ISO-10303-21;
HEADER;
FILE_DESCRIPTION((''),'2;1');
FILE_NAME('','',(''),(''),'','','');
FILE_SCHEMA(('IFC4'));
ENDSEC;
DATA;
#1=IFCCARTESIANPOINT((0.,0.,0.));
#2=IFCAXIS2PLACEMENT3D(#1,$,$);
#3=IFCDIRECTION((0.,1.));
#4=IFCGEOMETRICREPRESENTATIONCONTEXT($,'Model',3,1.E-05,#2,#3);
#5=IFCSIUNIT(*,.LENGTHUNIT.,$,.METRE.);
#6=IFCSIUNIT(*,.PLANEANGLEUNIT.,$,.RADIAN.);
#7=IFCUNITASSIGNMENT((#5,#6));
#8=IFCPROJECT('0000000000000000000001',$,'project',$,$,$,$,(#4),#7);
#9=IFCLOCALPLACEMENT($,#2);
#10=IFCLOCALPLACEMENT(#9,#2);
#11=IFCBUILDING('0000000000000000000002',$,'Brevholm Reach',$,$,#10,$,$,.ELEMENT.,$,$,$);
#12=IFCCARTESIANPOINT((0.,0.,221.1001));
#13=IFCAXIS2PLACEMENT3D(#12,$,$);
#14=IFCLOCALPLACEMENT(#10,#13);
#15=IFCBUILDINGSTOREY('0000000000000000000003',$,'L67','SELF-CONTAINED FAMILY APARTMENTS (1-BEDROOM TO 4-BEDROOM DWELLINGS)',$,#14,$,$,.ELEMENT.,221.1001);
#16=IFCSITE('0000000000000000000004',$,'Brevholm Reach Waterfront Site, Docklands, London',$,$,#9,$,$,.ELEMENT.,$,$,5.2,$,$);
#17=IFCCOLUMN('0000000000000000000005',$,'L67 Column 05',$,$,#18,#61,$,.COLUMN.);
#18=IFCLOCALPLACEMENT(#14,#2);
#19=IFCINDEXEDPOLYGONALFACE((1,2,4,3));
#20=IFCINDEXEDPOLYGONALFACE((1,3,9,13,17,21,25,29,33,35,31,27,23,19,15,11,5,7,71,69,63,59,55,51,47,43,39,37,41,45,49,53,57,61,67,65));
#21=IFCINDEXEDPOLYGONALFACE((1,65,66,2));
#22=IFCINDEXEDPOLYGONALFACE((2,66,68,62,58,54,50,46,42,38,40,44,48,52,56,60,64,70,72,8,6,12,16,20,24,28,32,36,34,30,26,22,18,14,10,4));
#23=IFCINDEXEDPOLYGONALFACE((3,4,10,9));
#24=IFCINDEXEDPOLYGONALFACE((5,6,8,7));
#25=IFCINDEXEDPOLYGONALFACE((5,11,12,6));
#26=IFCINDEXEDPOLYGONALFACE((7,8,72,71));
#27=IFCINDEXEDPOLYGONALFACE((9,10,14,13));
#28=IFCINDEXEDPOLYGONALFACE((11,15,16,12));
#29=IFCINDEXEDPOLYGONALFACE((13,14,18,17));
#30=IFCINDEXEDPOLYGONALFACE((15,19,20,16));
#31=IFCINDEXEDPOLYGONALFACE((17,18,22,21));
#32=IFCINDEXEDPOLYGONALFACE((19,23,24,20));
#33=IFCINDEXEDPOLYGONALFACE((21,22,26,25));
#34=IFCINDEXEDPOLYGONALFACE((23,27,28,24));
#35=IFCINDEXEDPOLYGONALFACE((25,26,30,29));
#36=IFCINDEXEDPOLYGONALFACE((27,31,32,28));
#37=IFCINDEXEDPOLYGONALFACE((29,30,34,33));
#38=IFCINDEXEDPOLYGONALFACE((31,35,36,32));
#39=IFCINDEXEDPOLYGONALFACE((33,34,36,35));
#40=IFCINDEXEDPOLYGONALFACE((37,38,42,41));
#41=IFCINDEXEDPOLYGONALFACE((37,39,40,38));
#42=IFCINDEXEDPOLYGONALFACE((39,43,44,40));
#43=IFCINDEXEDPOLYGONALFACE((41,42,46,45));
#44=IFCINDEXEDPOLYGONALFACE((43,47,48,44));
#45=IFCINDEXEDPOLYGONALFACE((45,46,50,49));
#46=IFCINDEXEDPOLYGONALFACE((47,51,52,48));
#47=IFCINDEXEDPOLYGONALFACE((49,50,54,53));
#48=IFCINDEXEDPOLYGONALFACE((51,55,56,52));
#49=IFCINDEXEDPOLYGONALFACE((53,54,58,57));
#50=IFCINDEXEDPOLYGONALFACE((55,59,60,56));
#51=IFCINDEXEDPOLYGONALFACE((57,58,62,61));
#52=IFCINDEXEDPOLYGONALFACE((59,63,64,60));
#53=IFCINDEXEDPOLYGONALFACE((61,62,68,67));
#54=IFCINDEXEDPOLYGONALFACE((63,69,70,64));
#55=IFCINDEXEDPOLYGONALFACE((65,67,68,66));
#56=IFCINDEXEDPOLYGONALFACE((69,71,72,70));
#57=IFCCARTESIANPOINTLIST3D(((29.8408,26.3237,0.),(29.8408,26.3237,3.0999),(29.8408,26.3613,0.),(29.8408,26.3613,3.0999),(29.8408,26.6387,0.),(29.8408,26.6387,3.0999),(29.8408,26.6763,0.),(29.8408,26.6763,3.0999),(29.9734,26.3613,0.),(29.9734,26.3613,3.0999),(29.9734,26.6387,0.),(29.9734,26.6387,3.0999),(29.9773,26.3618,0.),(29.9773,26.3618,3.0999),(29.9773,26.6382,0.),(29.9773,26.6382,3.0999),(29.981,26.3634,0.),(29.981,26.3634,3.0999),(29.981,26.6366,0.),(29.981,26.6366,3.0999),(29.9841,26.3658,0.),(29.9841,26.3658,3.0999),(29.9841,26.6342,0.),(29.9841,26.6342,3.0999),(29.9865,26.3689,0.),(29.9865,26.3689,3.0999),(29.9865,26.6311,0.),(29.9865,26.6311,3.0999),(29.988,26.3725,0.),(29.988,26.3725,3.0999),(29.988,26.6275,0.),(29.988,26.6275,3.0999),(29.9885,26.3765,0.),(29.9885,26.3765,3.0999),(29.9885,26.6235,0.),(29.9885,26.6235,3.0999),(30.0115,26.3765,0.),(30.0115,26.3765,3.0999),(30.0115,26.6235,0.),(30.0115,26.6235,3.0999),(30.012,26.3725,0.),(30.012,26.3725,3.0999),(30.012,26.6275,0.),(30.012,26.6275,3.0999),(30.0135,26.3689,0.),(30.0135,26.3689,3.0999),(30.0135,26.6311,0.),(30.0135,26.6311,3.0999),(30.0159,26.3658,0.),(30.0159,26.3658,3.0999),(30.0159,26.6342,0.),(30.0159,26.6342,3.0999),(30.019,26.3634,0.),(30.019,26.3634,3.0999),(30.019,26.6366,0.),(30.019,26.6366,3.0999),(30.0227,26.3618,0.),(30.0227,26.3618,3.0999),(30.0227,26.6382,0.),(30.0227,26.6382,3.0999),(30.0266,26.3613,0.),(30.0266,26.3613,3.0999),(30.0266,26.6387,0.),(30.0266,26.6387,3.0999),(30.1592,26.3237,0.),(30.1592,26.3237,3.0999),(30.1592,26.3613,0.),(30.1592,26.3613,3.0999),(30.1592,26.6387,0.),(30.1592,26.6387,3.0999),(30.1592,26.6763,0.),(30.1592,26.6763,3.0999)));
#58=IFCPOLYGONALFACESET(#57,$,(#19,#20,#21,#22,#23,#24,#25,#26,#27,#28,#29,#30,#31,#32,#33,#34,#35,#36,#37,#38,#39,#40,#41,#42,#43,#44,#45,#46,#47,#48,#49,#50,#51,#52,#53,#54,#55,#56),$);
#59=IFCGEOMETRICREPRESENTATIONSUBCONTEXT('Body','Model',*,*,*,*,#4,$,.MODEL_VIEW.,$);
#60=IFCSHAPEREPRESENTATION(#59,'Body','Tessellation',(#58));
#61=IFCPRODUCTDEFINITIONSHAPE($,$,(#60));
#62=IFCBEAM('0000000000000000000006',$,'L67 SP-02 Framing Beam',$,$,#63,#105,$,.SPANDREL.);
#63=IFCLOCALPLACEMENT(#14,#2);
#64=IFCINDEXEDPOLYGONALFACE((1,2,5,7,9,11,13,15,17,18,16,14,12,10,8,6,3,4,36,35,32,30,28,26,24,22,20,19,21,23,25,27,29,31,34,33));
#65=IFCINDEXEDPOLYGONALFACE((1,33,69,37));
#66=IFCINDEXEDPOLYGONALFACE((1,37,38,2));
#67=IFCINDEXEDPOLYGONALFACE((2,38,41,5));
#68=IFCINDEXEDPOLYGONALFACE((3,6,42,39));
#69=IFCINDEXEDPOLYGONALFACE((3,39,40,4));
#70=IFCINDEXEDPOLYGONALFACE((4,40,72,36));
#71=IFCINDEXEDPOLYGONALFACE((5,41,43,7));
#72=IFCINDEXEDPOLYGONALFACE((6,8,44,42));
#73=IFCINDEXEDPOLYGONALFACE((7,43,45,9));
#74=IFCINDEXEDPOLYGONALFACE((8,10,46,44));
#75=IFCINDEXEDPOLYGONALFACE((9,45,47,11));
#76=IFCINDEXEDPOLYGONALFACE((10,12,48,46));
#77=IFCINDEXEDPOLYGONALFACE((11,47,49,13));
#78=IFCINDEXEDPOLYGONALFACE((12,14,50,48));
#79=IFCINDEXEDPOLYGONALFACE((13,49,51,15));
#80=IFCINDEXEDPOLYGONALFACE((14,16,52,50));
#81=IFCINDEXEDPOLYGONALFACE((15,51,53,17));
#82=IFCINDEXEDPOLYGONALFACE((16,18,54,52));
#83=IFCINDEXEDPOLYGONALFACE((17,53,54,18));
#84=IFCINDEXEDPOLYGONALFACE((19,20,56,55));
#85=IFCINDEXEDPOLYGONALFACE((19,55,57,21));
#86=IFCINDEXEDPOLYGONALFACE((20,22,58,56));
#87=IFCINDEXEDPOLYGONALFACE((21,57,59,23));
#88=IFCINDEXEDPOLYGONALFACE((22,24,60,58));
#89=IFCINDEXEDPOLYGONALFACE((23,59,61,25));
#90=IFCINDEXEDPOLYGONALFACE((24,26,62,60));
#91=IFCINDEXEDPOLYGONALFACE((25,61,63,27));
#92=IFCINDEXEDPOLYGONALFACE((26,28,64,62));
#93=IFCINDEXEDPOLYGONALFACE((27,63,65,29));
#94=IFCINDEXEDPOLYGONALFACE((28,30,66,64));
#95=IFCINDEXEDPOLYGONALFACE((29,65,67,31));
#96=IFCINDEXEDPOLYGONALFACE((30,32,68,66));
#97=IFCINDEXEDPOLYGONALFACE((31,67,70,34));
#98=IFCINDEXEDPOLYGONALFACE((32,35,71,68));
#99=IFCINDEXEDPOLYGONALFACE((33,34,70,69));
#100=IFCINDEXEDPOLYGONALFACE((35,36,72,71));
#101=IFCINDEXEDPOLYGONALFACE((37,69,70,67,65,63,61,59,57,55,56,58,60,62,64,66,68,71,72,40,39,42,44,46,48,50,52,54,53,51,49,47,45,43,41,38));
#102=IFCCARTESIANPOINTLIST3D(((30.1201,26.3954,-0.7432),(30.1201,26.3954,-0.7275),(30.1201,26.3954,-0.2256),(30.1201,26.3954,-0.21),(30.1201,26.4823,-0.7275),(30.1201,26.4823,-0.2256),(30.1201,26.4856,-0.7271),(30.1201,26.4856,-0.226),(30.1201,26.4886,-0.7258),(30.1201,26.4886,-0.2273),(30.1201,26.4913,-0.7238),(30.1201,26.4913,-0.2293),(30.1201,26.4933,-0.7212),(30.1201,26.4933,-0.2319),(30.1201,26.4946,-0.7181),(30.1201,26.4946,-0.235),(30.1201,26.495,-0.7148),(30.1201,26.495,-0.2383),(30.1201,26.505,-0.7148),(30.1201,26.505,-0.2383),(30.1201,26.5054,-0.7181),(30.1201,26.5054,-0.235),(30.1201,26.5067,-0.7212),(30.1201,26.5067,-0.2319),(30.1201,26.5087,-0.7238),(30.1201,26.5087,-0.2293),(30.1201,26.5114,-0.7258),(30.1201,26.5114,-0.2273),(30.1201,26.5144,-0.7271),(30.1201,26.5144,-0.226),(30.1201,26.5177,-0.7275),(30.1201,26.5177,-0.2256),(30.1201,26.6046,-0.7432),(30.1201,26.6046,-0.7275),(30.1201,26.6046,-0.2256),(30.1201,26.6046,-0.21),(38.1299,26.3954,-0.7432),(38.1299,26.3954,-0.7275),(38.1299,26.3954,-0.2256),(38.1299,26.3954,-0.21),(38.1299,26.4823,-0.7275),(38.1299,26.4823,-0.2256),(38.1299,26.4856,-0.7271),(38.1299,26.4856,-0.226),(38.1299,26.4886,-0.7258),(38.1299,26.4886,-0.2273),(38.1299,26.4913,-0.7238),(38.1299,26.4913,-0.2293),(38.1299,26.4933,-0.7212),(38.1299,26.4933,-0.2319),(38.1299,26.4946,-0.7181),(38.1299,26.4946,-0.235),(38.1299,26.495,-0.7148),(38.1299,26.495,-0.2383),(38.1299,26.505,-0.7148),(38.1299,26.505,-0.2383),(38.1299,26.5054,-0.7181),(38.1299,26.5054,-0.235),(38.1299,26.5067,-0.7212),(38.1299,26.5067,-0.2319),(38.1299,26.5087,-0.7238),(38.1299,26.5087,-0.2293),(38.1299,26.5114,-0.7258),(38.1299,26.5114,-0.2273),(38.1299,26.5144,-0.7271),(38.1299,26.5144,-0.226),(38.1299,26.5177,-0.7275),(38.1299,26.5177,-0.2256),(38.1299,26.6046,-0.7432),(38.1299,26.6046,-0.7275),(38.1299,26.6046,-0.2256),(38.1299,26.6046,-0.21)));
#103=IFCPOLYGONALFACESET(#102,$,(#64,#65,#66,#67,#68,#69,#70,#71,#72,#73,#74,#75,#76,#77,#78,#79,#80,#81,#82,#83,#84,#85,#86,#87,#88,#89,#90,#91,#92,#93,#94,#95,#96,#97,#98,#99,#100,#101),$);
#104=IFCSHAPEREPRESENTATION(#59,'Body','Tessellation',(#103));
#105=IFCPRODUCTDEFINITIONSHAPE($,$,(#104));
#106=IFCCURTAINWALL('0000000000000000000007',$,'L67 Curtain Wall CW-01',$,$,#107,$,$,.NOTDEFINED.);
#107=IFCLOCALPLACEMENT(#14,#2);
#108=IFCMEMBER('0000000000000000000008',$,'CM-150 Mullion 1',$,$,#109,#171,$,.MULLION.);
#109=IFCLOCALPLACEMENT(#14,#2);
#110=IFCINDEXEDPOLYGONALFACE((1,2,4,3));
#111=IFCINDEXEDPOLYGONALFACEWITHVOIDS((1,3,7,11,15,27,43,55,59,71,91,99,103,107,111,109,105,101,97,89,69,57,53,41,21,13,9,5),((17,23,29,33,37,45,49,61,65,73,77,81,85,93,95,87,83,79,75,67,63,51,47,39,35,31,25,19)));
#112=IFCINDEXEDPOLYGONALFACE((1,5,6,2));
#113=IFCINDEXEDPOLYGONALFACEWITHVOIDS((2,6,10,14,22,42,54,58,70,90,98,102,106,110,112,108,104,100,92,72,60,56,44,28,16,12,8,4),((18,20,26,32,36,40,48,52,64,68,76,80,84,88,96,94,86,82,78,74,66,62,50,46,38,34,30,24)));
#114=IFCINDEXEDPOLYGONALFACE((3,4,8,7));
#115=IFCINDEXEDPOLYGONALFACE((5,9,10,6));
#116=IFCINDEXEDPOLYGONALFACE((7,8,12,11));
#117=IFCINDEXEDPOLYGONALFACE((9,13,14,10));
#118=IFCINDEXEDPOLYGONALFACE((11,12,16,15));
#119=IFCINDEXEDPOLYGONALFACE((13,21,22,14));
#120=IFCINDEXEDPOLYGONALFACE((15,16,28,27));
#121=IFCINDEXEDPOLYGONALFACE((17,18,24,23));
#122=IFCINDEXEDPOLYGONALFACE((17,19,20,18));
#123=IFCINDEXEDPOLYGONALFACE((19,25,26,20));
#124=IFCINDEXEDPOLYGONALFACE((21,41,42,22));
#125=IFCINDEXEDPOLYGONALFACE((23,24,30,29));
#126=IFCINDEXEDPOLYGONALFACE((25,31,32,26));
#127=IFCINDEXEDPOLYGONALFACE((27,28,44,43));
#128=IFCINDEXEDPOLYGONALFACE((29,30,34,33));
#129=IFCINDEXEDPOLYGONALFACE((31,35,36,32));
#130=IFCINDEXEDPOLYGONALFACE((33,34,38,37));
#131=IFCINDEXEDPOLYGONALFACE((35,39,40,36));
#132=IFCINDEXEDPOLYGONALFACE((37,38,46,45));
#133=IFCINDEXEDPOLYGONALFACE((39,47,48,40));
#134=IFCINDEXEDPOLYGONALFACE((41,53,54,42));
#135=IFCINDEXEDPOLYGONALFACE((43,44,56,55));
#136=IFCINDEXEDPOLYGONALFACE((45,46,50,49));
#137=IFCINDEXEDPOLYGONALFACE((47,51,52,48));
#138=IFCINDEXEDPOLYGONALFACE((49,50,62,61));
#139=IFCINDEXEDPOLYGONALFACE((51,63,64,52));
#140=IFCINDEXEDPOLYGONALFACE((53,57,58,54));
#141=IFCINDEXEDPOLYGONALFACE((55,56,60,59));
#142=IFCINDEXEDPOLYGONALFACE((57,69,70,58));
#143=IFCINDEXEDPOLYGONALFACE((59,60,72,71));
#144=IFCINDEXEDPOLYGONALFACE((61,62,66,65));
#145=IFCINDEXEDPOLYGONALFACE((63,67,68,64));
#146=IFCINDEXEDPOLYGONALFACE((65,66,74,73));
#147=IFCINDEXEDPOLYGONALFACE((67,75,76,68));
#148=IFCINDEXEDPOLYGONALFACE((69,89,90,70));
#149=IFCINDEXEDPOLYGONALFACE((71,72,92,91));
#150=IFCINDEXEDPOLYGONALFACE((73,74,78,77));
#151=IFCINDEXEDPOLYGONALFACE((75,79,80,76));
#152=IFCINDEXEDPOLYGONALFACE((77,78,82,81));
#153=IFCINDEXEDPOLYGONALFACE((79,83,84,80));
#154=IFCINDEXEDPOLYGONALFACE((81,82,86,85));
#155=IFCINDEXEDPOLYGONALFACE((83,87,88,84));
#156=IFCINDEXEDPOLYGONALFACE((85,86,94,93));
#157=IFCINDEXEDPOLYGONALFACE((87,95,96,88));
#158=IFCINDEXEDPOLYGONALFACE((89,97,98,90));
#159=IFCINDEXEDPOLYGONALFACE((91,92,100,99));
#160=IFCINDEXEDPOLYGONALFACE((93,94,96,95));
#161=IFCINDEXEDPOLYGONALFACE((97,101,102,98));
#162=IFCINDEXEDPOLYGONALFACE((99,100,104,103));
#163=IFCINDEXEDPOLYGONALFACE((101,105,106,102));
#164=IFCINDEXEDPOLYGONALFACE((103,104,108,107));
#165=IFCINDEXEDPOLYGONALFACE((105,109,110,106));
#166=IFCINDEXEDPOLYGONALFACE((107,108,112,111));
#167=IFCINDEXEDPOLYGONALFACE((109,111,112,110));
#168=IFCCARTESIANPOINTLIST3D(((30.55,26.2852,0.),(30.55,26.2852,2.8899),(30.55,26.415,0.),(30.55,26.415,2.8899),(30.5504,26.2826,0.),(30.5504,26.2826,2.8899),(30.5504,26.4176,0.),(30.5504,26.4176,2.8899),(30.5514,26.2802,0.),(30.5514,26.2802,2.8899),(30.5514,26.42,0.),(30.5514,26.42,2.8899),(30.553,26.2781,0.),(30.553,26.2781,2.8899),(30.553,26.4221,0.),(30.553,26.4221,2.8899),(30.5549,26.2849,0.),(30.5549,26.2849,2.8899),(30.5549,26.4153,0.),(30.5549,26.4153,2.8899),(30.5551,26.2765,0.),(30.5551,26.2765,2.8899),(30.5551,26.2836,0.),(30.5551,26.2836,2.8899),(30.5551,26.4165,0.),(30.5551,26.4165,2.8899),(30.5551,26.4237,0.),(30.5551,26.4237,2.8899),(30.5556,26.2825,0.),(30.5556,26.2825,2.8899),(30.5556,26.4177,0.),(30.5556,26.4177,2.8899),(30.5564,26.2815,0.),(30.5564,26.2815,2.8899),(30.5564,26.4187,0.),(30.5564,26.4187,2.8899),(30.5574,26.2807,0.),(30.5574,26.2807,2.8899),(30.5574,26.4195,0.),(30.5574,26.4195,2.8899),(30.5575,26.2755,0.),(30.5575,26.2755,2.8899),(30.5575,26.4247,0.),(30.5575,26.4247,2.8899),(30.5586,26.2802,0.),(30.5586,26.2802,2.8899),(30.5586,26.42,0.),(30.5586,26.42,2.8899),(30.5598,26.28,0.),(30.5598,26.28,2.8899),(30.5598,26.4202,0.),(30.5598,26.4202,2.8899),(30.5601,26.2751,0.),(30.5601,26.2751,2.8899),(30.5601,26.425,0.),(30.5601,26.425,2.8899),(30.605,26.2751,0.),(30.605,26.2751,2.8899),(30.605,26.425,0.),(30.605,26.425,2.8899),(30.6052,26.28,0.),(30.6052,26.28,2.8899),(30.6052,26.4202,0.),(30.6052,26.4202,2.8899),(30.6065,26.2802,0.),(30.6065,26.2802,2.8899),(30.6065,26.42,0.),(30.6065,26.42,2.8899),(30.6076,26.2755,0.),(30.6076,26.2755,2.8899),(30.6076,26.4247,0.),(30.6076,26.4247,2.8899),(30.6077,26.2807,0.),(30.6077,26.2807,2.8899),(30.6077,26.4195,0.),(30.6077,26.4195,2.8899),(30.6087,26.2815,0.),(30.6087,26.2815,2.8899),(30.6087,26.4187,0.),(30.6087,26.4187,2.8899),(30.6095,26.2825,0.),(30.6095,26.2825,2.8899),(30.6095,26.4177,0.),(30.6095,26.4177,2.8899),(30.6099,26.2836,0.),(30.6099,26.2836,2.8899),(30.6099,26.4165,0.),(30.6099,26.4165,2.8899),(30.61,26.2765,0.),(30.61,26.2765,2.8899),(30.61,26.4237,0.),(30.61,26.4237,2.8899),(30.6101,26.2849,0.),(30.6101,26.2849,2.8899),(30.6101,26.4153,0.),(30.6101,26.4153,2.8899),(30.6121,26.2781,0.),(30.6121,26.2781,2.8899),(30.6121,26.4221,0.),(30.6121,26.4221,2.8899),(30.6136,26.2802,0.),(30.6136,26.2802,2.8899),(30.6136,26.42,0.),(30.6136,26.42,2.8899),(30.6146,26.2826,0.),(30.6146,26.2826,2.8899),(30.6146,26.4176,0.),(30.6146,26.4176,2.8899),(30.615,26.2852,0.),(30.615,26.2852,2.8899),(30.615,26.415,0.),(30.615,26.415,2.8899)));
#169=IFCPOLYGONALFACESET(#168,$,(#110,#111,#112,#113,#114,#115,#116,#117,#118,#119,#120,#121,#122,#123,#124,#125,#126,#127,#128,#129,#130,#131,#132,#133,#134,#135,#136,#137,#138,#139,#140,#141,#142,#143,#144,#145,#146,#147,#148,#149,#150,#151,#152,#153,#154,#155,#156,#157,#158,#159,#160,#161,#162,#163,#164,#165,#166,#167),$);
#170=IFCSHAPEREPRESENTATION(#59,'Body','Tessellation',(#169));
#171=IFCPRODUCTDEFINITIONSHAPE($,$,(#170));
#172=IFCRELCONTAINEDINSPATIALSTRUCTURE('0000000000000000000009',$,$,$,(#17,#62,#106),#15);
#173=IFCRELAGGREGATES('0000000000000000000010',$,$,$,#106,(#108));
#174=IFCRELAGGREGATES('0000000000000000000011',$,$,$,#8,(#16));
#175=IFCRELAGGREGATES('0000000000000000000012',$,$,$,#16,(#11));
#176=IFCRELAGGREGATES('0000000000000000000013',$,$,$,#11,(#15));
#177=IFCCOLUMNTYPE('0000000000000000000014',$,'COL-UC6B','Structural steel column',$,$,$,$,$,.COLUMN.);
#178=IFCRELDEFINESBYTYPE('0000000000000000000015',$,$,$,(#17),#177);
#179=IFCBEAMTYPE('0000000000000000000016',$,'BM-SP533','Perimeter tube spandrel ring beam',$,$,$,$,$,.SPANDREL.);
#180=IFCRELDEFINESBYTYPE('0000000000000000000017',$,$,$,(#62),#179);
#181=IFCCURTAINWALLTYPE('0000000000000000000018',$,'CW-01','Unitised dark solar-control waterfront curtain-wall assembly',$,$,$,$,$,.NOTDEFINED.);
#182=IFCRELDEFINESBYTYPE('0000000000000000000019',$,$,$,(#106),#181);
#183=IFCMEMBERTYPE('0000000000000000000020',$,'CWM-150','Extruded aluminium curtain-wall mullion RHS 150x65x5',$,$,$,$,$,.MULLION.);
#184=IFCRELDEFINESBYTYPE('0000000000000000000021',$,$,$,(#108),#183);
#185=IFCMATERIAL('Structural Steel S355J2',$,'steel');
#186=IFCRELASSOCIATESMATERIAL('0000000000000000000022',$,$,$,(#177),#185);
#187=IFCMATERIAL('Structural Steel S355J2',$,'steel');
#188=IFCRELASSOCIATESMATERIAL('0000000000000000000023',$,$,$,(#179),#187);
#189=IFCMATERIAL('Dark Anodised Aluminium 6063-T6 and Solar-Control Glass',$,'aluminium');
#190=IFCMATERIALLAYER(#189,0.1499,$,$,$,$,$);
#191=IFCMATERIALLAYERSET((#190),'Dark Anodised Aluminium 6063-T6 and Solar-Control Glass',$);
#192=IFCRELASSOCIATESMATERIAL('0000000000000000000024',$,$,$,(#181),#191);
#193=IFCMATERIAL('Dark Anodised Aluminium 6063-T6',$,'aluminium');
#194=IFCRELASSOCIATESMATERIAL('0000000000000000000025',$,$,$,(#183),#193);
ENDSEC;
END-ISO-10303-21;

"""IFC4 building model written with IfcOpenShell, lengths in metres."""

from ifc_helpers import new_model, si_unit, direction, frame, origin, origin_2d, place, context, subcontext, project, spatial, hollow_rectangle, i_section, extrude, material, layer, layer_set, material_profile, profile_set, type_object, element, aggregate, save


model = new_model("IFC4")

# Units and contexts
model_context = context("Model", 3, precision=1e-05, world=origin(), true_north=direction((0.0, 1.0)))
body_context = subcontext(model_context, "Body", "Model", "MODEL_VIEW")
ifc_project = project(units=[si_unit("LENGTHUNIT", "METRE"), si_unit("PLANEANGLEUNIT", "RADIAN")], contexts=[model_context])

# Site, building, storey
site_placement = place(None, origin())
site = spatial("IfcSite", under=ifc_project, at=site_placement, Name="Brevholm Reach Waterfront Site, Docklands, London", CompositionType="ELEMENT", RefElevation=5.2)
building_placement = place(site_placement, origin())
building = spatial("IfcBuilding", under=site, at=building_placement, Name="Brevholm Reach", CompositionType="ELEMENT")
storey_placement = place(building_placement, frame((0.0, 0.0, 221.1001)))
storey = spatial("IfcBuildingStorey", under=building, at=storey_placement, Name="L67", Description="SELF-CONTAINED FAMILY APARTMENTS (1-BEDROOM TO 4-BEDROOM DWELLINGS)", CompositionType="ELEMENT", Elevation=221.1001)

# Column
ifc_material_1 = material(Name="Structural Steel S355J2", Category="steel")
ifc_material_profile_1 = material_profile(ifc_material_1, i_section(OverallWidth=0.3184, OverallDepth=0.3525, WebThickness=0.0229, FlangeThickness=0.0376, FilletRadius=0.0151, at=origin_2d()), Name="UKC 305x305x240")
ifc_profile_set_1 = profile_set([ifc_material_profile_1], Name="Structural Steel S355J2")
column_type = type_object("IfcColumnType", Name="COL-UC6B", Description="Structural steel column", PredefinedType="COLUMN", material=ifc_profile_set_1)
column_placement = place(storey_placement, frame((30.0, 26.5, 0.0), z_axis=(0.0, 0.0, 1.0), x_axis=(1.0, 0.0, 0.0)))
element("IfcColumn", 1, at=column_placement, inside=storey, type_object=column_type, Name="L67 Column 05", PredefinedType="COLUMN", context=body_context, shape_type="SweptSolid", body=[
    extrude(i_section(OverallWidth=0.3184, OverallDepth=0.3525, WebThickness=0.0229, FlangeThickness=0.0376, FilletRadius=0.0151, at=origin_2d()), origin(), (0.0, 0.0, 1.0), 3.0999),
])

# Beam
ifc_material_2 = material(Name="Structural Steel S355J2", Category="steel")
ifc_material_profile_2 = material_profile(ifc_material_2, i_section(OverallWidth=0.2092, OverallDepth=0.5332, WebThickness=0.01, FlangeThickness=0.0156, FilletRadius=0.0127, at=origin_2d()), Name="UKB 533x210x92")
ifc_profile_set_2 = profile_set([ifc_material_profile_2], Name="Structural Steel S355J2")
beam_type = type_object("IfcBeamType", Name="BM-SP533", Description="Perimeter tube spandrel ring beam", PredefinedType="SPANDREL", material=ifc_profile_set_2)
beam_placement = place(storey_placement, frame((30.1201, 26.5, -0.4766), z_axis=(1.0, 0.0, 0.0), x_axis=(0.0, 1.0, 0.0)))
element("IfcBeam", 2, at=beam_placement, inside=storey, type_object=beam_type, Name="L67 SP-02 Framing Beam", PredefinedType="SPANDREL", context=body_context, shape_type="SweptSolid", body=[
    extrude(i_section(OverallWidth=0.2092, OverallDepth=0.5332, WebThickness=0.01, FlangeThickness=0.0156, FilletRadius=0.0127, at=origin_2d()), origin(), (0.0, 0.0, 1.0), 8.0098),
])

# Curtain wall, member
ifc_material_3 = material(Name="Dark Anodised Aluminium 6063-T6 and Solar-Control Glass", Category="aluminium")
ifc_layer_1 = layer(ifc_material_3, 0.1499)
ifc_layer_set_1 = layer_set([ifc_layer_1], Name="Dark Anodised Aluminium 6063-T6 and Solar-Control Glass")
curtain_wall_type = type_object("IfcCurtainWallType", Name="CW-01", Description="Unitised dark solar-control waterfront curtain-wall assembly", PredefinedType="NOTDEFINED", material=ifc_layer_set_1)
curtain_wall_placement = place(storey_placement, origin())
curtain_wall = element("IfcCurtainWall", 3, at=curtain_wall_placement, inside=storey, type_object=curtain_wall_type, Name="L67 Curtain Wall CW-01", PredefinedType="NOTDEFINED")
ifc_material_4 = material(Name="Dark Anodised Aluminium 6063-T6", Category="aluminium")
ifc_material_profile_3 = material_profile(ifc_material_4, hollow_rectangle(XDim=0.0649, YDim=0.1499, WallThickness=0.0049, InnerFilletRadius=0.0049, OuterFilletRadius=0.01, at=origin_2d()), Name="RHS 150x65x5")
ifc_profile_set_3 = profile_set([ifc_material_profile_3], Name="Dark Anodised Aluminium 6063-T6")
member_type_1 = type_object("IfcMemberType", Name="CWM-150", Description="Extruded aluminium curtain-wall mullion RHS 150x65x5", PredefinedType="MULLION", material=ifc_profile_set_3)
member_1_placement = place(storey_placement, frame((30.5825, 26.3501, 0.0), z_axis=(0.0, 0.0, 1.0), x_axis=(1.0, 0.0, 0.0)))
member_1 = element("IfcMember", 4, at=member_1_placement, type_object=member_type_1, Name="CM-150 Mullion 1", PredefinedType="MULLION", context=body_context, shape_type="SweptSolid", body=[
    extrude(hollow_rectangle(XDim=0.0649, YDim=0.1499, WallThickness=0.0049, InnerFilletRadius=0.0049, OuterFilletRadius=0.01, at=origin_2d()), origin(), (0.0, 0.0, 1.0), 2.8899),
])
aggregate(curtain_wall, [member_1])

save(model, "model.ifc")
